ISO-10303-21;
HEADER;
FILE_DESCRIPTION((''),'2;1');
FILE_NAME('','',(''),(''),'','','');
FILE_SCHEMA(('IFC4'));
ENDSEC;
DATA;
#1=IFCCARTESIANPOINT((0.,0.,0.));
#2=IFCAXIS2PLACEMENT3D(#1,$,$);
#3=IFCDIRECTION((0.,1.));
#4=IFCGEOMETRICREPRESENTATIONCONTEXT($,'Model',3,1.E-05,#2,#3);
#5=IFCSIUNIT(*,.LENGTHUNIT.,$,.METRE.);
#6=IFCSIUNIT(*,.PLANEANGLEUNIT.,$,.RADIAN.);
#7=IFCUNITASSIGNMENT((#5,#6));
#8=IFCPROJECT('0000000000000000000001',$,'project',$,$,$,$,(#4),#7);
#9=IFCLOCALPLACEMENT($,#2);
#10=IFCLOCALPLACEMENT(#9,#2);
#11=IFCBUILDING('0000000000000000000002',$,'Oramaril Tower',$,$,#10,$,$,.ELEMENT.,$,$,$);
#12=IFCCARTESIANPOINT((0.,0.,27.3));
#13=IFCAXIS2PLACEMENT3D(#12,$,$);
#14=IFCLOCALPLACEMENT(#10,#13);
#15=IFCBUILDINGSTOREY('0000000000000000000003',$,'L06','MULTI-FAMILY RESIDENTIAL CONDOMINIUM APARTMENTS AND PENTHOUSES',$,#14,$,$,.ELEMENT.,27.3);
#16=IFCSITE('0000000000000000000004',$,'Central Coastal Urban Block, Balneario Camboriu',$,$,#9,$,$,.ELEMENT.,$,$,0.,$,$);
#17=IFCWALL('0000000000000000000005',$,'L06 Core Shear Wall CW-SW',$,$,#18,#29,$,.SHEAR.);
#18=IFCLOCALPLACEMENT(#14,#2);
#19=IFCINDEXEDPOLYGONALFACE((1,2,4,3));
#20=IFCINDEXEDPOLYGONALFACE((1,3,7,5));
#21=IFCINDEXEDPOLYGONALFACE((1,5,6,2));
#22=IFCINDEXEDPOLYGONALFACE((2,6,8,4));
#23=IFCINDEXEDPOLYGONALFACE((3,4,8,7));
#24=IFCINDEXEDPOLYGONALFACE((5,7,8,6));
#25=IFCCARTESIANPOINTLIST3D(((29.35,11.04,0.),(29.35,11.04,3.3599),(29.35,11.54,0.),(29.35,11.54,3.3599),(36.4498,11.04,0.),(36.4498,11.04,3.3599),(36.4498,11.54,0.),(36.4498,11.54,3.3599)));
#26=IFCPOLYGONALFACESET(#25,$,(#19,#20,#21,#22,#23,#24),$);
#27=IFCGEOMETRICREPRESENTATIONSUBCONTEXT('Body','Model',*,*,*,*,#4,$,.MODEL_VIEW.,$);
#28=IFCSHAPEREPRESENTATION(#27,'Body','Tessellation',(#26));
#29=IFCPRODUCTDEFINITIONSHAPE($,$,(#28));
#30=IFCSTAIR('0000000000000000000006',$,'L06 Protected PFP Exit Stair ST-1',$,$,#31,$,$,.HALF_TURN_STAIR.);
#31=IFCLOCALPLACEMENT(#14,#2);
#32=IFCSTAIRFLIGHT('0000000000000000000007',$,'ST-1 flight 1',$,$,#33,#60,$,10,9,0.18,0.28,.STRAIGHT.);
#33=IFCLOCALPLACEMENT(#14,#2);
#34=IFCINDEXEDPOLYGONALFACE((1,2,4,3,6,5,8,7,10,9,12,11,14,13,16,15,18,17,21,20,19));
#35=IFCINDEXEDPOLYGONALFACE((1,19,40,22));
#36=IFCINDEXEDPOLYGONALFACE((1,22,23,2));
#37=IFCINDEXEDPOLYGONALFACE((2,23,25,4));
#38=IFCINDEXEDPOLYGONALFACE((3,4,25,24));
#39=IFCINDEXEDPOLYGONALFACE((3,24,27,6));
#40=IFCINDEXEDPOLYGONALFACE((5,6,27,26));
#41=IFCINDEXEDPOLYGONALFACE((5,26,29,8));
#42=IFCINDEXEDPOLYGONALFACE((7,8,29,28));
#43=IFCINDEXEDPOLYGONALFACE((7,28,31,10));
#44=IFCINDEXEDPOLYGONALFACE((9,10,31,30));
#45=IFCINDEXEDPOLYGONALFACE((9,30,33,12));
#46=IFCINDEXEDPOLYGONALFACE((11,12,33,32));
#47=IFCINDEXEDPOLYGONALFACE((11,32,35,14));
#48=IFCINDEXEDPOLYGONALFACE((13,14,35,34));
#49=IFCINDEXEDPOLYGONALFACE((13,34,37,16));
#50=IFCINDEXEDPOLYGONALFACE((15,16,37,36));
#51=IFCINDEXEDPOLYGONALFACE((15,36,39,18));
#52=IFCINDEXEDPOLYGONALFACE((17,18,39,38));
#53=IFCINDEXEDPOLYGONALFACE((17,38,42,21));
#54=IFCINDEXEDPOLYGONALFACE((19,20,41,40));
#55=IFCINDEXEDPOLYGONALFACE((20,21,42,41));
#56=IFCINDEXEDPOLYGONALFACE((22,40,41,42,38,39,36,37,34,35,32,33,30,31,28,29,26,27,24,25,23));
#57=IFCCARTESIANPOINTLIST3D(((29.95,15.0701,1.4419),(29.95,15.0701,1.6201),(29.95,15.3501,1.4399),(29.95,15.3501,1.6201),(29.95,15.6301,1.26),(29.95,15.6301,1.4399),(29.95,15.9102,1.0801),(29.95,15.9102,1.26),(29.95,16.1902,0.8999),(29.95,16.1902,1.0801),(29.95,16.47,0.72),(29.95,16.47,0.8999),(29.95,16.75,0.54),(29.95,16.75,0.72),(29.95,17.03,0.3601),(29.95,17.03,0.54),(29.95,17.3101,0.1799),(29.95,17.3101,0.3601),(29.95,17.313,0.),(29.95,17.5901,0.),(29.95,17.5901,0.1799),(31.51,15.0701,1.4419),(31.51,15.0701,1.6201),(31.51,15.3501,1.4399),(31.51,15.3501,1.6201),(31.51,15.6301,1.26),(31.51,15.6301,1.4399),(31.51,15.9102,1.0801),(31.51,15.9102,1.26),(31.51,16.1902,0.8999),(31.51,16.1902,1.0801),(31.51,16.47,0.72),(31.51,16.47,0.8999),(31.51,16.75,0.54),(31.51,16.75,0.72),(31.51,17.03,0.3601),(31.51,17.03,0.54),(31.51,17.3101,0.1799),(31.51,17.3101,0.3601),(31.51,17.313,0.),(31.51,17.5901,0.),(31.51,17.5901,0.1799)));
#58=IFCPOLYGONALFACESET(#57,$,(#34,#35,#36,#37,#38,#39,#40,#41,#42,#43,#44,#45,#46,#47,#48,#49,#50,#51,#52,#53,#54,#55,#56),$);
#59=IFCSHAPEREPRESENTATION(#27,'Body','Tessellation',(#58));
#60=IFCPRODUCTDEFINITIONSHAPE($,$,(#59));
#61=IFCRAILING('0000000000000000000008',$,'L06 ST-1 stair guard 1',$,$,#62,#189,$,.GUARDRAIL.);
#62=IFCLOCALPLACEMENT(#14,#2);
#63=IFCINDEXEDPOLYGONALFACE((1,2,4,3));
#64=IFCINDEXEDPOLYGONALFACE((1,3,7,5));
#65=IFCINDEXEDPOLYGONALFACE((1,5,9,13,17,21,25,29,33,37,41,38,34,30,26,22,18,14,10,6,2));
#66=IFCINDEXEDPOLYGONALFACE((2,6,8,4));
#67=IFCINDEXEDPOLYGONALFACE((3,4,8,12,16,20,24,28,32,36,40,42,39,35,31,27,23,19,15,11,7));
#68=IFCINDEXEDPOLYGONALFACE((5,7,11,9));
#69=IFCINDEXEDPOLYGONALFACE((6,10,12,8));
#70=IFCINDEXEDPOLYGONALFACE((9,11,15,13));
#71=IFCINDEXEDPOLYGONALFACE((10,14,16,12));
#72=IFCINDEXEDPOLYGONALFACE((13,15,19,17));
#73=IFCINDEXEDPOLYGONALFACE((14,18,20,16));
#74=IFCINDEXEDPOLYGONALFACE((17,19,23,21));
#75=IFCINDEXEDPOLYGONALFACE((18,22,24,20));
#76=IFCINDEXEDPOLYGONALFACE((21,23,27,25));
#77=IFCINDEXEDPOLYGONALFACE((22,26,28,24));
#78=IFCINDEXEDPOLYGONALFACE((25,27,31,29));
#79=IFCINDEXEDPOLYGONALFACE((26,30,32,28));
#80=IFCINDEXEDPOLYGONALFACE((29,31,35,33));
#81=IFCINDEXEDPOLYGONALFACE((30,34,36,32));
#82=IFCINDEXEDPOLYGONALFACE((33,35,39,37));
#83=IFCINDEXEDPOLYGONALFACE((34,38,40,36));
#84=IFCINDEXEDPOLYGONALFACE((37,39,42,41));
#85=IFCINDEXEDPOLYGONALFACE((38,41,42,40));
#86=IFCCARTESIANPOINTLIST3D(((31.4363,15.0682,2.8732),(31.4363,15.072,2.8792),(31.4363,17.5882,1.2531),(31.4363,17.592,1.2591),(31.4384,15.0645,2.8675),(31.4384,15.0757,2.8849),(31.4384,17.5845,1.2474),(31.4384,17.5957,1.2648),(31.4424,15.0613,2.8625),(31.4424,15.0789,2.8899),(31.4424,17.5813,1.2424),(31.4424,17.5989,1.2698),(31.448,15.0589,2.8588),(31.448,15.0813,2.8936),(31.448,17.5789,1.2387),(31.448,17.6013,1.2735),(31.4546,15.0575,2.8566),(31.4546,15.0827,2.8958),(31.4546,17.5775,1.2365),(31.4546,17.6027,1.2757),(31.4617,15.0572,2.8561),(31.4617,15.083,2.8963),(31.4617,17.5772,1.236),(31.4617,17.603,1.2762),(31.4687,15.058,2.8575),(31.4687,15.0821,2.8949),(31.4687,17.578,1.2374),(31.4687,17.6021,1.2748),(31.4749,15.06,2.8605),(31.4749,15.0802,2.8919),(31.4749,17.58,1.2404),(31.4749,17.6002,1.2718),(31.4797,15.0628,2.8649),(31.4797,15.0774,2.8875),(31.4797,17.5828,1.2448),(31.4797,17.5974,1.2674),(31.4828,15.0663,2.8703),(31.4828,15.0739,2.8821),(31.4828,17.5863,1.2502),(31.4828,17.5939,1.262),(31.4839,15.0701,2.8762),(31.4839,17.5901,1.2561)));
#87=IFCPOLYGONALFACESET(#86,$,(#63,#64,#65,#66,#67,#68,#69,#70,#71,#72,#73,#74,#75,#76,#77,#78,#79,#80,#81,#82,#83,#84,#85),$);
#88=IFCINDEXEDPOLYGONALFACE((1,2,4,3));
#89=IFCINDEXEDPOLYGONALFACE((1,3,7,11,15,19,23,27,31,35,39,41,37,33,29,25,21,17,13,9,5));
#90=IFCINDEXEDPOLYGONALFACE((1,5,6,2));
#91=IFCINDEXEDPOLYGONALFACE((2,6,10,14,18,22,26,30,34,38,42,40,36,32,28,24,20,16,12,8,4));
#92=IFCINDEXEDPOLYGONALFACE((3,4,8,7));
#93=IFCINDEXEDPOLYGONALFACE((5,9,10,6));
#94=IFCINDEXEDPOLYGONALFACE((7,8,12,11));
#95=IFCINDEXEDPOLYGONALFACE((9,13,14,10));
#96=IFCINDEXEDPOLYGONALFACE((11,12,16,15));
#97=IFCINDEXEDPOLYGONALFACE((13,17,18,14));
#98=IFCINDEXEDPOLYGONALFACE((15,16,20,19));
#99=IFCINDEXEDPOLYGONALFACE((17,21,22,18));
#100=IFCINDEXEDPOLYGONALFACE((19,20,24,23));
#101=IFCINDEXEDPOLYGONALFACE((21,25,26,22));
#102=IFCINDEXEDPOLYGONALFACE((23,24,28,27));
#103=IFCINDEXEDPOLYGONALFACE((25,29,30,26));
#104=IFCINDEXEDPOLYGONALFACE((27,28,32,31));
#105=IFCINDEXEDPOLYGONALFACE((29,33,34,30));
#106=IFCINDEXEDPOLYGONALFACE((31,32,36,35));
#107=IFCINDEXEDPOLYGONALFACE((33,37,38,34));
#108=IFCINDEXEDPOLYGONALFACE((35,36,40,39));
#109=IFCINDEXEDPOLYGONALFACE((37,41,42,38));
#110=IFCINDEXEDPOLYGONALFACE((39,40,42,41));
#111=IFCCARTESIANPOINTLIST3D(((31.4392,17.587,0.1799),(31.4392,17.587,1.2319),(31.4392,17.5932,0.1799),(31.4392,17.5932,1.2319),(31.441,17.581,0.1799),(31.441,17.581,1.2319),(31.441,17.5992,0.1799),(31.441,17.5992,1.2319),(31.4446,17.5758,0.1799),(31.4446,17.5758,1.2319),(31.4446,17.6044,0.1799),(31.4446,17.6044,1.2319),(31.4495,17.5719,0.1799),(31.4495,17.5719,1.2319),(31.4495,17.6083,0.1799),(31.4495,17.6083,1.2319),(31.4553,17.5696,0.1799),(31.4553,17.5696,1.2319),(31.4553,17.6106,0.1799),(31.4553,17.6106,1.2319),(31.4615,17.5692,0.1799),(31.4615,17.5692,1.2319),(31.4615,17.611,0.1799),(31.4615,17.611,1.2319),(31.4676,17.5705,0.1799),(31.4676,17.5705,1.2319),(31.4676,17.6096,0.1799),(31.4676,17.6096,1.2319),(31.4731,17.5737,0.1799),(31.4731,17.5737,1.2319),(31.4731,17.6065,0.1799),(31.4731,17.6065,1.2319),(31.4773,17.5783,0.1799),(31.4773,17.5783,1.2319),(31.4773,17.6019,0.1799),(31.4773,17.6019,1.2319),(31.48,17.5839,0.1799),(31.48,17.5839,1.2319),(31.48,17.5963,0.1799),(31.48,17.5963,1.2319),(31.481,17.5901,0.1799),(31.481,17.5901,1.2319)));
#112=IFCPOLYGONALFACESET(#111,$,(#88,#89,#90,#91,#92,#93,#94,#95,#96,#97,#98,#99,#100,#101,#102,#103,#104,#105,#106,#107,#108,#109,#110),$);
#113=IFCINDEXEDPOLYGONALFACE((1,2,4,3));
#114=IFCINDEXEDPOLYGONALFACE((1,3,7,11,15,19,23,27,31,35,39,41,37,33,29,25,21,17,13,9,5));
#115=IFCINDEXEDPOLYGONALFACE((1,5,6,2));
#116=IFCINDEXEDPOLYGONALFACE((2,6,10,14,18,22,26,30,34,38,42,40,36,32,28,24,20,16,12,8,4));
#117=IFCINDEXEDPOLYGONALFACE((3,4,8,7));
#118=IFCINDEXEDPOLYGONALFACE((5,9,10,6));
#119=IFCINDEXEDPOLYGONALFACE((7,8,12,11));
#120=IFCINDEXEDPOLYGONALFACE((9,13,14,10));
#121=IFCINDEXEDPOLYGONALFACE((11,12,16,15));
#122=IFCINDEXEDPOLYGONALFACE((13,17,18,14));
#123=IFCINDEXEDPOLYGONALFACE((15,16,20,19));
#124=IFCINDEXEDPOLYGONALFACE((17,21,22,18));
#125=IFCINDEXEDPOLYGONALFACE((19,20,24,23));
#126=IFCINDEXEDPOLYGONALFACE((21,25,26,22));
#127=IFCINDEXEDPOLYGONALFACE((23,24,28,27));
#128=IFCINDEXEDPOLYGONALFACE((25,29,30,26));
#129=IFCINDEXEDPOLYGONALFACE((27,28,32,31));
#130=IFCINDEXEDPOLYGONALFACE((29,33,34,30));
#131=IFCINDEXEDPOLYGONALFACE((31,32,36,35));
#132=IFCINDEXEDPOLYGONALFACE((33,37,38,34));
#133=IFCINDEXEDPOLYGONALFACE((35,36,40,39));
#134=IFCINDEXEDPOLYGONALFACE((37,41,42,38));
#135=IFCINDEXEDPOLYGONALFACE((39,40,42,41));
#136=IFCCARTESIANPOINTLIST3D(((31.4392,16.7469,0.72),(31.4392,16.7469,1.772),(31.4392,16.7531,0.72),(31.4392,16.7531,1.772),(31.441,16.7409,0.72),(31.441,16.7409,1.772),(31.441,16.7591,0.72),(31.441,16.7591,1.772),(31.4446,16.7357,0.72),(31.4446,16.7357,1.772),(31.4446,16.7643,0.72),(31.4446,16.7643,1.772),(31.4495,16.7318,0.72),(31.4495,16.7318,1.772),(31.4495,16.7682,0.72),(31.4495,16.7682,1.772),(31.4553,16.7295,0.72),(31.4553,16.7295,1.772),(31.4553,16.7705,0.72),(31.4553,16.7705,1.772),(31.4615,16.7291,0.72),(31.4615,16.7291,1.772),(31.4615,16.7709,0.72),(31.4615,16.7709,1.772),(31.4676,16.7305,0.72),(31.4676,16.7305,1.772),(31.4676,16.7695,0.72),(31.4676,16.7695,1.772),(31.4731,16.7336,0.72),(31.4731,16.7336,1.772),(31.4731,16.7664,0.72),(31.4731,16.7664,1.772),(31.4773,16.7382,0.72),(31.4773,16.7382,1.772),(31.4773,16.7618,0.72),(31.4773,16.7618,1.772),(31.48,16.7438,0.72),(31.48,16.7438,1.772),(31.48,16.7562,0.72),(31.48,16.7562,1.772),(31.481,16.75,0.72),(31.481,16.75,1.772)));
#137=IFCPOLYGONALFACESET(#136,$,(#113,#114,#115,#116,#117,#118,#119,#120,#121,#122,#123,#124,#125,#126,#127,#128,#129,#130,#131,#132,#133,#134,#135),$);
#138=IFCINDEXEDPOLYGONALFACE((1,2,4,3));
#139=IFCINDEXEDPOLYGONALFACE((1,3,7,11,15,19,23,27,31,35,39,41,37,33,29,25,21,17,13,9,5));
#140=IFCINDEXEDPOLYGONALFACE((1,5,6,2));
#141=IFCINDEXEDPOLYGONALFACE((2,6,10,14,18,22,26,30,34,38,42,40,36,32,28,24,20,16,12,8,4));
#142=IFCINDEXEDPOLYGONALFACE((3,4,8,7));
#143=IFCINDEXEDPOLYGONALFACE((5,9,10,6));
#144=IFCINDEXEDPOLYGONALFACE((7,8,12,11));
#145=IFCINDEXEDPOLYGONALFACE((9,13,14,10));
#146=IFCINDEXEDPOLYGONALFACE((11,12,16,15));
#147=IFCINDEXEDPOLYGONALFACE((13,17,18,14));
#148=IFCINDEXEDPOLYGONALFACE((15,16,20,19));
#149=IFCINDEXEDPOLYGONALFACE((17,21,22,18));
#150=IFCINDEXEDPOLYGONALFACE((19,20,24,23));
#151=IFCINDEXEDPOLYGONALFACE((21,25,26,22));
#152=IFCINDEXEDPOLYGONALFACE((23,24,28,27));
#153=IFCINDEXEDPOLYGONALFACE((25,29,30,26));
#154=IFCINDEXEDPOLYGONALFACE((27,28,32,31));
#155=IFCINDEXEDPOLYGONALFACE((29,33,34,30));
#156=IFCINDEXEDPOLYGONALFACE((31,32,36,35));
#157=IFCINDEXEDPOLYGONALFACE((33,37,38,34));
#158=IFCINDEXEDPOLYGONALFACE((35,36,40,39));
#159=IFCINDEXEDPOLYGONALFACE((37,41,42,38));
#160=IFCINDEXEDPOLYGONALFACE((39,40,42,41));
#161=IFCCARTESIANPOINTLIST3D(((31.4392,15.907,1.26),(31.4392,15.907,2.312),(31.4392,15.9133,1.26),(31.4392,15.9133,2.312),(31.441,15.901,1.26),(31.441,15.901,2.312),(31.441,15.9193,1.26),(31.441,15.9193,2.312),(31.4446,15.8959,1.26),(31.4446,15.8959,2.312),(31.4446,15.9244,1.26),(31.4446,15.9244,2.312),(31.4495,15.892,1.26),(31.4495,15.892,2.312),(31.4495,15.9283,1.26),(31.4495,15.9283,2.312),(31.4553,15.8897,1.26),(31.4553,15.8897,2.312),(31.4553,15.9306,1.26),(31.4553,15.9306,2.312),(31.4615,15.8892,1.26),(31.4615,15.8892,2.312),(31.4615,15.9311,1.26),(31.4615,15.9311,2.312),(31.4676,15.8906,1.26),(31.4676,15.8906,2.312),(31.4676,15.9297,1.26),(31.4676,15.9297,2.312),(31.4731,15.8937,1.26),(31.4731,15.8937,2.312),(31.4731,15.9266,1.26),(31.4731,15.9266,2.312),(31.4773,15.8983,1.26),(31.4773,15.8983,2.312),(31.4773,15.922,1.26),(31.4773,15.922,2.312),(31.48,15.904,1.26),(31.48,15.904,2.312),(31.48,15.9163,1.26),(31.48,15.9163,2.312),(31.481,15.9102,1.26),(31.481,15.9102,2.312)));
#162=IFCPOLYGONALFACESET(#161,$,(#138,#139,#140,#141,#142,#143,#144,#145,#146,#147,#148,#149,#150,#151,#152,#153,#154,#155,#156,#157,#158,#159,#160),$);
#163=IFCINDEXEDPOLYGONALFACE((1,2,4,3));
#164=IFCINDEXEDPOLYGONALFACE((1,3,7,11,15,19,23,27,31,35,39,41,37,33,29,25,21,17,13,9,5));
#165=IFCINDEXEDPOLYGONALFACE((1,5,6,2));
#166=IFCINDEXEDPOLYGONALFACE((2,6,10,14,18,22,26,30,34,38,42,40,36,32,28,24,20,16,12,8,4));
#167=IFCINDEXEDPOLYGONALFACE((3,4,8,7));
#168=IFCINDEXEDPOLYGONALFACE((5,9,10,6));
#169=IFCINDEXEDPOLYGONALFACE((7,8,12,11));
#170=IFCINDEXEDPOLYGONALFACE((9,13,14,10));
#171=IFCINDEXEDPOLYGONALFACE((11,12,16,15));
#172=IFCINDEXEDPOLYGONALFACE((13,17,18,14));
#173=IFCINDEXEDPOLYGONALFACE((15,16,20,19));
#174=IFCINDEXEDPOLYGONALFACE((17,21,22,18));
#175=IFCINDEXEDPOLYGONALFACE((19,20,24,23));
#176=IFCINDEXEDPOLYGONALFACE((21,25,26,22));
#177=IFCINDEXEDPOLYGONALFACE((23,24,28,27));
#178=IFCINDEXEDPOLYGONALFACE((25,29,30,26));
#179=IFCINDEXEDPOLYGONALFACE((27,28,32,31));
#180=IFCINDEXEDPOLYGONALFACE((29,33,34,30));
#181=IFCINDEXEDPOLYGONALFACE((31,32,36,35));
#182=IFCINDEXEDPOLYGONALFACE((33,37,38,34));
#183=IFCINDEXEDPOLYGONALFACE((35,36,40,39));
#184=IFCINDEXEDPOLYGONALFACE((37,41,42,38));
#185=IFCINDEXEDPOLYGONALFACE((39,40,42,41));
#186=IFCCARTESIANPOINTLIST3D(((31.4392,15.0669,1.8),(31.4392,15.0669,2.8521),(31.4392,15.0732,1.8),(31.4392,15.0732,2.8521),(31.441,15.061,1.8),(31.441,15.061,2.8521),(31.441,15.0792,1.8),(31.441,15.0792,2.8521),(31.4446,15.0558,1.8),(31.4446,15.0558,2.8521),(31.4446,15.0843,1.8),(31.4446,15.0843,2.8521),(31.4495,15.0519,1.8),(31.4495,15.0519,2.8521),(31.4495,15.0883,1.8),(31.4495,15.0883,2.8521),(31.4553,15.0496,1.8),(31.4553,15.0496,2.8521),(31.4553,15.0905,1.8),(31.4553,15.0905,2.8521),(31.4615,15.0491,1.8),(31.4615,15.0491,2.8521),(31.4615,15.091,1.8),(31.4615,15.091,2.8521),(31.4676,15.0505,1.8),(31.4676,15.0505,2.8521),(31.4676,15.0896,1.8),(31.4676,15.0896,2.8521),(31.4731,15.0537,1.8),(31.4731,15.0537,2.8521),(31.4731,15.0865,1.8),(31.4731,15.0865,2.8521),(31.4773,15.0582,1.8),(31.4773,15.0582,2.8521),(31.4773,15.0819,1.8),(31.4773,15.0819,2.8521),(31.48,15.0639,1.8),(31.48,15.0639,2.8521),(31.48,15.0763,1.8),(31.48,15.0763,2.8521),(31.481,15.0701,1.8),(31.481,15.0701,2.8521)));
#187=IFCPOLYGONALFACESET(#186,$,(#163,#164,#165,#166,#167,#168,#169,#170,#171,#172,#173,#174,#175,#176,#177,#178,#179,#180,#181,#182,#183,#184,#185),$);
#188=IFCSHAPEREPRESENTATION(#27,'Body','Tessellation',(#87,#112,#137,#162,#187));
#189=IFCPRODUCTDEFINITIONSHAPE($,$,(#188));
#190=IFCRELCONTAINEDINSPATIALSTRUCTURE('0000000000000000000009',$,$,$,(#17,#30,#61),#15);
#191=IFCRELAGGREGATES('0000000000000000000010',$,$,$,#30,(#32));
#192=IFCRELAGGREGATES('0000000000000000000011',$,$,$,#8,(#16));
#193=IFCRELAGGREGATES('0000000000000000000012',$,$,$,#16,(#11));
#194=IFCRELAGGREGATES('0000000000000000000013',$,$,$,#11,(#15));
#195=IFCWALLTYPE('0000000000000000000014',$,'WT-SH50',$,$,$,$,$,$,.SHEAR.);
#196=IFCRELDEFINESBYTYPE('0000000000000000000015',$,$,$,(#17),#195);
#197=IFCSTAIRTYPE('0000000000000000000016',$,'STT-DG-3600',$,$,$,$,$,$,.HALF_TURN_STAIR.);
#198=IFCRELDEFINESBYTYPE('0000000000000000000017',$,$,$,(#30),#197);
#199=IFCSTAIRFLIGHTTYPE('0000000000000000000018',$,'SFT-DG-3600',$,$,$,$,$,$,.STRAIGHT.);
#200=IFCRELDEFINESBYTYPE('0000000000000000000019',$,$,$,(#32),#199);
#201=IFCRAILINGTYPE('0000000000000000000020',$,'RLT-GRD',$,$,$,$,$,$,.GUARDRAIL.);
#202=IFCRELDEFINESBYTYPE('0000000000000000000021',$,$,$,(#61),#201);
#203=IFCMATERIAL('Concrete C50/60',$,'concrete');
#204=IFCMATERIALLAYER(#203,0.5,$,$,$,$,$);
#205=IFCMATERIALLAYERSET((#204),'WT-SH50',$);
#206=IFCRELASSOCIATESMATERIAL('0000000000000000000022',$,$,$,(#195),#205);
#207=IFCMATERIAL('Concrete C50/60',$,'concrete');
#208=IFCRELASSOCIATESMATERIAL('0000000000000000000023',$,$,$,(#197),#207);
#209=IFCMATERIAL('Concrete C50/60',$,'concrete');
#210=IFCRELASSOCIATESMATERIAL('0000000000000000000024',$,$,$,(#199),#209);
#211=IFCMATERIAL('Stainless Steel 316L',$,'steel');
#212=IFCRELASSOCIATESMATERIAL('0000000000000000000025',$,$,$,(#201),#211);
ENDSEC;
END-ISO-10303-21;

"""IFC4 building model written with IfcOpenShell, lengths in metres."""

from ifc_helpers import new_model, si_unit, direction, frame, frame_2d, origin, origin_2d, place, context, subcontext, project, spatial, polyline, rectangle, circle, outline, extrude, material, layer, layer_set, type_object, element, aggregate, save


model = new_model("IFC4")

# Units and contexts
model_context = context("Model", 3, precision=1e-05, world=origin(), true_north=direction((0.0, 1.0)))
body_context = subcontext(model_context, "Body", "Model", "MODEL_VIEW")
ifc_project = project(units=[si_unit("LENGTHUNIT", "METRE"), si_unit("PLANEANGLEUNIT", "RADIAN")], contexts=[model_context])

# Site, building, storey
site_placement = place(None, origin())
site = spatial("IfcSite", under=ifc_project, at=site_placement, Name="Central Coastal Urban Block, Balneario Camboriu", CompositionType="ELEMENT", RefElevation=0.0)
building_placement = place(site_placement, origin())
building = spatial("IfcBuilding", under=site, at=building_placement, Name="Oramaril Tower", CompositionType="ELEMENT")
storey_placement = place(building_placement, frame((0.0, 0.0, 27.3)))
storey = spatial("IfcBuildingStorey", under=building, at=storey_placement, Name="L06", Description="MULTI-FAMILY RESIDENTIAL CONDOMINIUM APARTMENTS AND PENTHOUSES", CompositionType="ELEMENT", Elevation=27.3)

# Wall
ifc_material_1 = material(Name="Concrete C50/60", Category="concrete")
ifc_layer_1 = layer(ifc_material_1, 0.5)
ifc_layer_set_1 = layer_set([ifc_layer_1], Name="WT-SH50")
wall_type_1 = type_object("IfcWallType", Name="WT-SH50", PredefinedType="SHEAR", material=ifc_layer_set_1)
wall_1_placement = place(storey_placement, frame((29.3501, 11.29, 0.0), z_axis=(0.0, 0.0, 1.0), x_axis=(1.0, 0.0, 0.0)))
element("IfcWall", 1, at=wall_1_placement, inside=storey, type_object=wall_type_1, Name="L06 Core Shear Wall CW-SW", PredefinedType="SHEAR", context=body_context, shape_type="SweptSolid", body=[
    extrude(rectangle(XDim=7.0999, YDim=0.5, at=frame_2d((3.5498, 0.0))), origin(), (0.0, 0.0, 1.0), 3.3599),
])

# Stair, stair flight
ifc_material_2 = material(Name="Concrete C50/60", Category="concrete")
stair_type = type_object("IfcStairType", Name="STT-DG-3600", PredefinedType="HALF_TURN_STAIR", material=ifc_material_2)
stair_placement = place(storey_placement, origin())
stair = element("IfcStair", 2, at=stair_placement, inside=storey, type_object=stair_type, Name="L06 Protected PFP Exit Stair ST-1", PredefinedType="HALF_TURN_STAIR")
ifc_material_3 = material(Name="Concrete C50/60", Category="concrete")
stair_flight_type = type_object("IfcStairFlightType", Name="SFT-DG-3600", PredefinedType="STRAIGHT", material=ifc_material_3)
stair_flight_placement = place(storey_placement, frame((30.73, 17.5901, 0.0), z_axis=(0.0, 0.0, 1.0), x_axis=(0.0, -1.0, 0.0)))
stair_flight = element("IfcStairFlight", 3, at=stair_flight_placement, type_object=stair_flight_type, Name="ST-1 flight 1", NumberOfRisers=10, NumberOfTreads=9, PredefinedType="STRAIGHT", RiserHeight=0.18, TreadLength=0.28, context=body_context, shape_type="SweptSolid", body=[
    extrude(outline(polyline([(0.0, 0.0), (0.0, 0.1799), (0.28, 0.1799), (0.28, 0.3601), (0.5601, 0.3601), (0.5601, 0.54), (0.8401, 0.54), (0.8401, 0.72), (1.1201, 0.72), (1.1201, 0.8999), (1.3999, 0.8999), (1.3999, 1.0801), (1.6799, 1.0801), (1.6799, 1.26), (1.96, 1.26), (1.96, 1.4399), (2.24, 1.4399), (2.24, 1.6201), (2.52, 1.6201), (2.52, 1.8), (2.52, 1.4419), (0.2771, 0.0), (0.0, 0.0)])), frame((0.0, 0.78, 0.0), z_axis=(0.0, -1.0, 0.0), x_axis=(1.0, 0.0, 0.0)), (0.0, 0.0, 1.0), 1.5601),
])
aggregate(stair, [stair_flight])

# Railing
ifc_material_4 = material(Name="Stainless Steel 316L", Category="steel")
railing_type_1 = type_object("IfcRailingType", Name="RLT-GRD", PredefinedType="GUARDRAIL", material=ifc_material_4)
railing_1_placement = place(storey_placement, frame((31.46, 17.5901, 0.1799)))
element("IfcRailing", 4, at=railing_1_placement, inside=storey, type_object=railing_type_1, Name="L06 ST-1 stair guard 1", PredefinedType="GUARDRAIL", context=body_context, shape_type="SweptSolid", body=[
    extrude(circle(Radius=0.0239, at=origin_2d()), frame((0.0, 0.0, 1.0762), z_axis=(0.0, -0.841163, 0.540782), x_axis=(1.0, 0.0, 0.0)), (0.0, 0.0, 1.0), 2.9958),
    extrude(circle(Radius=0.021, at=origin_2d()), origin(), (0.0, 0.0, 1.0), 1.052),
    extrude(circle(Radius=0.021, at=origin_2d()), frame((0.0, -0.8401, 0.54)), (0.0, 0.0, 1.0), 1.052),
    extrude(circle(Radius=0.021, at=origin_2d()), frame((0.0, -1.6799, 1.0801)), (0.0, 0.0, 1.0), 1.052),
    extrude(circle(Radius=0.021, at=origin_2d()), frame((0.0, -2.52, 1.6201)), (0.0, 0.0, 1.0), 1.052),
])

save(model, "model.ifc")
